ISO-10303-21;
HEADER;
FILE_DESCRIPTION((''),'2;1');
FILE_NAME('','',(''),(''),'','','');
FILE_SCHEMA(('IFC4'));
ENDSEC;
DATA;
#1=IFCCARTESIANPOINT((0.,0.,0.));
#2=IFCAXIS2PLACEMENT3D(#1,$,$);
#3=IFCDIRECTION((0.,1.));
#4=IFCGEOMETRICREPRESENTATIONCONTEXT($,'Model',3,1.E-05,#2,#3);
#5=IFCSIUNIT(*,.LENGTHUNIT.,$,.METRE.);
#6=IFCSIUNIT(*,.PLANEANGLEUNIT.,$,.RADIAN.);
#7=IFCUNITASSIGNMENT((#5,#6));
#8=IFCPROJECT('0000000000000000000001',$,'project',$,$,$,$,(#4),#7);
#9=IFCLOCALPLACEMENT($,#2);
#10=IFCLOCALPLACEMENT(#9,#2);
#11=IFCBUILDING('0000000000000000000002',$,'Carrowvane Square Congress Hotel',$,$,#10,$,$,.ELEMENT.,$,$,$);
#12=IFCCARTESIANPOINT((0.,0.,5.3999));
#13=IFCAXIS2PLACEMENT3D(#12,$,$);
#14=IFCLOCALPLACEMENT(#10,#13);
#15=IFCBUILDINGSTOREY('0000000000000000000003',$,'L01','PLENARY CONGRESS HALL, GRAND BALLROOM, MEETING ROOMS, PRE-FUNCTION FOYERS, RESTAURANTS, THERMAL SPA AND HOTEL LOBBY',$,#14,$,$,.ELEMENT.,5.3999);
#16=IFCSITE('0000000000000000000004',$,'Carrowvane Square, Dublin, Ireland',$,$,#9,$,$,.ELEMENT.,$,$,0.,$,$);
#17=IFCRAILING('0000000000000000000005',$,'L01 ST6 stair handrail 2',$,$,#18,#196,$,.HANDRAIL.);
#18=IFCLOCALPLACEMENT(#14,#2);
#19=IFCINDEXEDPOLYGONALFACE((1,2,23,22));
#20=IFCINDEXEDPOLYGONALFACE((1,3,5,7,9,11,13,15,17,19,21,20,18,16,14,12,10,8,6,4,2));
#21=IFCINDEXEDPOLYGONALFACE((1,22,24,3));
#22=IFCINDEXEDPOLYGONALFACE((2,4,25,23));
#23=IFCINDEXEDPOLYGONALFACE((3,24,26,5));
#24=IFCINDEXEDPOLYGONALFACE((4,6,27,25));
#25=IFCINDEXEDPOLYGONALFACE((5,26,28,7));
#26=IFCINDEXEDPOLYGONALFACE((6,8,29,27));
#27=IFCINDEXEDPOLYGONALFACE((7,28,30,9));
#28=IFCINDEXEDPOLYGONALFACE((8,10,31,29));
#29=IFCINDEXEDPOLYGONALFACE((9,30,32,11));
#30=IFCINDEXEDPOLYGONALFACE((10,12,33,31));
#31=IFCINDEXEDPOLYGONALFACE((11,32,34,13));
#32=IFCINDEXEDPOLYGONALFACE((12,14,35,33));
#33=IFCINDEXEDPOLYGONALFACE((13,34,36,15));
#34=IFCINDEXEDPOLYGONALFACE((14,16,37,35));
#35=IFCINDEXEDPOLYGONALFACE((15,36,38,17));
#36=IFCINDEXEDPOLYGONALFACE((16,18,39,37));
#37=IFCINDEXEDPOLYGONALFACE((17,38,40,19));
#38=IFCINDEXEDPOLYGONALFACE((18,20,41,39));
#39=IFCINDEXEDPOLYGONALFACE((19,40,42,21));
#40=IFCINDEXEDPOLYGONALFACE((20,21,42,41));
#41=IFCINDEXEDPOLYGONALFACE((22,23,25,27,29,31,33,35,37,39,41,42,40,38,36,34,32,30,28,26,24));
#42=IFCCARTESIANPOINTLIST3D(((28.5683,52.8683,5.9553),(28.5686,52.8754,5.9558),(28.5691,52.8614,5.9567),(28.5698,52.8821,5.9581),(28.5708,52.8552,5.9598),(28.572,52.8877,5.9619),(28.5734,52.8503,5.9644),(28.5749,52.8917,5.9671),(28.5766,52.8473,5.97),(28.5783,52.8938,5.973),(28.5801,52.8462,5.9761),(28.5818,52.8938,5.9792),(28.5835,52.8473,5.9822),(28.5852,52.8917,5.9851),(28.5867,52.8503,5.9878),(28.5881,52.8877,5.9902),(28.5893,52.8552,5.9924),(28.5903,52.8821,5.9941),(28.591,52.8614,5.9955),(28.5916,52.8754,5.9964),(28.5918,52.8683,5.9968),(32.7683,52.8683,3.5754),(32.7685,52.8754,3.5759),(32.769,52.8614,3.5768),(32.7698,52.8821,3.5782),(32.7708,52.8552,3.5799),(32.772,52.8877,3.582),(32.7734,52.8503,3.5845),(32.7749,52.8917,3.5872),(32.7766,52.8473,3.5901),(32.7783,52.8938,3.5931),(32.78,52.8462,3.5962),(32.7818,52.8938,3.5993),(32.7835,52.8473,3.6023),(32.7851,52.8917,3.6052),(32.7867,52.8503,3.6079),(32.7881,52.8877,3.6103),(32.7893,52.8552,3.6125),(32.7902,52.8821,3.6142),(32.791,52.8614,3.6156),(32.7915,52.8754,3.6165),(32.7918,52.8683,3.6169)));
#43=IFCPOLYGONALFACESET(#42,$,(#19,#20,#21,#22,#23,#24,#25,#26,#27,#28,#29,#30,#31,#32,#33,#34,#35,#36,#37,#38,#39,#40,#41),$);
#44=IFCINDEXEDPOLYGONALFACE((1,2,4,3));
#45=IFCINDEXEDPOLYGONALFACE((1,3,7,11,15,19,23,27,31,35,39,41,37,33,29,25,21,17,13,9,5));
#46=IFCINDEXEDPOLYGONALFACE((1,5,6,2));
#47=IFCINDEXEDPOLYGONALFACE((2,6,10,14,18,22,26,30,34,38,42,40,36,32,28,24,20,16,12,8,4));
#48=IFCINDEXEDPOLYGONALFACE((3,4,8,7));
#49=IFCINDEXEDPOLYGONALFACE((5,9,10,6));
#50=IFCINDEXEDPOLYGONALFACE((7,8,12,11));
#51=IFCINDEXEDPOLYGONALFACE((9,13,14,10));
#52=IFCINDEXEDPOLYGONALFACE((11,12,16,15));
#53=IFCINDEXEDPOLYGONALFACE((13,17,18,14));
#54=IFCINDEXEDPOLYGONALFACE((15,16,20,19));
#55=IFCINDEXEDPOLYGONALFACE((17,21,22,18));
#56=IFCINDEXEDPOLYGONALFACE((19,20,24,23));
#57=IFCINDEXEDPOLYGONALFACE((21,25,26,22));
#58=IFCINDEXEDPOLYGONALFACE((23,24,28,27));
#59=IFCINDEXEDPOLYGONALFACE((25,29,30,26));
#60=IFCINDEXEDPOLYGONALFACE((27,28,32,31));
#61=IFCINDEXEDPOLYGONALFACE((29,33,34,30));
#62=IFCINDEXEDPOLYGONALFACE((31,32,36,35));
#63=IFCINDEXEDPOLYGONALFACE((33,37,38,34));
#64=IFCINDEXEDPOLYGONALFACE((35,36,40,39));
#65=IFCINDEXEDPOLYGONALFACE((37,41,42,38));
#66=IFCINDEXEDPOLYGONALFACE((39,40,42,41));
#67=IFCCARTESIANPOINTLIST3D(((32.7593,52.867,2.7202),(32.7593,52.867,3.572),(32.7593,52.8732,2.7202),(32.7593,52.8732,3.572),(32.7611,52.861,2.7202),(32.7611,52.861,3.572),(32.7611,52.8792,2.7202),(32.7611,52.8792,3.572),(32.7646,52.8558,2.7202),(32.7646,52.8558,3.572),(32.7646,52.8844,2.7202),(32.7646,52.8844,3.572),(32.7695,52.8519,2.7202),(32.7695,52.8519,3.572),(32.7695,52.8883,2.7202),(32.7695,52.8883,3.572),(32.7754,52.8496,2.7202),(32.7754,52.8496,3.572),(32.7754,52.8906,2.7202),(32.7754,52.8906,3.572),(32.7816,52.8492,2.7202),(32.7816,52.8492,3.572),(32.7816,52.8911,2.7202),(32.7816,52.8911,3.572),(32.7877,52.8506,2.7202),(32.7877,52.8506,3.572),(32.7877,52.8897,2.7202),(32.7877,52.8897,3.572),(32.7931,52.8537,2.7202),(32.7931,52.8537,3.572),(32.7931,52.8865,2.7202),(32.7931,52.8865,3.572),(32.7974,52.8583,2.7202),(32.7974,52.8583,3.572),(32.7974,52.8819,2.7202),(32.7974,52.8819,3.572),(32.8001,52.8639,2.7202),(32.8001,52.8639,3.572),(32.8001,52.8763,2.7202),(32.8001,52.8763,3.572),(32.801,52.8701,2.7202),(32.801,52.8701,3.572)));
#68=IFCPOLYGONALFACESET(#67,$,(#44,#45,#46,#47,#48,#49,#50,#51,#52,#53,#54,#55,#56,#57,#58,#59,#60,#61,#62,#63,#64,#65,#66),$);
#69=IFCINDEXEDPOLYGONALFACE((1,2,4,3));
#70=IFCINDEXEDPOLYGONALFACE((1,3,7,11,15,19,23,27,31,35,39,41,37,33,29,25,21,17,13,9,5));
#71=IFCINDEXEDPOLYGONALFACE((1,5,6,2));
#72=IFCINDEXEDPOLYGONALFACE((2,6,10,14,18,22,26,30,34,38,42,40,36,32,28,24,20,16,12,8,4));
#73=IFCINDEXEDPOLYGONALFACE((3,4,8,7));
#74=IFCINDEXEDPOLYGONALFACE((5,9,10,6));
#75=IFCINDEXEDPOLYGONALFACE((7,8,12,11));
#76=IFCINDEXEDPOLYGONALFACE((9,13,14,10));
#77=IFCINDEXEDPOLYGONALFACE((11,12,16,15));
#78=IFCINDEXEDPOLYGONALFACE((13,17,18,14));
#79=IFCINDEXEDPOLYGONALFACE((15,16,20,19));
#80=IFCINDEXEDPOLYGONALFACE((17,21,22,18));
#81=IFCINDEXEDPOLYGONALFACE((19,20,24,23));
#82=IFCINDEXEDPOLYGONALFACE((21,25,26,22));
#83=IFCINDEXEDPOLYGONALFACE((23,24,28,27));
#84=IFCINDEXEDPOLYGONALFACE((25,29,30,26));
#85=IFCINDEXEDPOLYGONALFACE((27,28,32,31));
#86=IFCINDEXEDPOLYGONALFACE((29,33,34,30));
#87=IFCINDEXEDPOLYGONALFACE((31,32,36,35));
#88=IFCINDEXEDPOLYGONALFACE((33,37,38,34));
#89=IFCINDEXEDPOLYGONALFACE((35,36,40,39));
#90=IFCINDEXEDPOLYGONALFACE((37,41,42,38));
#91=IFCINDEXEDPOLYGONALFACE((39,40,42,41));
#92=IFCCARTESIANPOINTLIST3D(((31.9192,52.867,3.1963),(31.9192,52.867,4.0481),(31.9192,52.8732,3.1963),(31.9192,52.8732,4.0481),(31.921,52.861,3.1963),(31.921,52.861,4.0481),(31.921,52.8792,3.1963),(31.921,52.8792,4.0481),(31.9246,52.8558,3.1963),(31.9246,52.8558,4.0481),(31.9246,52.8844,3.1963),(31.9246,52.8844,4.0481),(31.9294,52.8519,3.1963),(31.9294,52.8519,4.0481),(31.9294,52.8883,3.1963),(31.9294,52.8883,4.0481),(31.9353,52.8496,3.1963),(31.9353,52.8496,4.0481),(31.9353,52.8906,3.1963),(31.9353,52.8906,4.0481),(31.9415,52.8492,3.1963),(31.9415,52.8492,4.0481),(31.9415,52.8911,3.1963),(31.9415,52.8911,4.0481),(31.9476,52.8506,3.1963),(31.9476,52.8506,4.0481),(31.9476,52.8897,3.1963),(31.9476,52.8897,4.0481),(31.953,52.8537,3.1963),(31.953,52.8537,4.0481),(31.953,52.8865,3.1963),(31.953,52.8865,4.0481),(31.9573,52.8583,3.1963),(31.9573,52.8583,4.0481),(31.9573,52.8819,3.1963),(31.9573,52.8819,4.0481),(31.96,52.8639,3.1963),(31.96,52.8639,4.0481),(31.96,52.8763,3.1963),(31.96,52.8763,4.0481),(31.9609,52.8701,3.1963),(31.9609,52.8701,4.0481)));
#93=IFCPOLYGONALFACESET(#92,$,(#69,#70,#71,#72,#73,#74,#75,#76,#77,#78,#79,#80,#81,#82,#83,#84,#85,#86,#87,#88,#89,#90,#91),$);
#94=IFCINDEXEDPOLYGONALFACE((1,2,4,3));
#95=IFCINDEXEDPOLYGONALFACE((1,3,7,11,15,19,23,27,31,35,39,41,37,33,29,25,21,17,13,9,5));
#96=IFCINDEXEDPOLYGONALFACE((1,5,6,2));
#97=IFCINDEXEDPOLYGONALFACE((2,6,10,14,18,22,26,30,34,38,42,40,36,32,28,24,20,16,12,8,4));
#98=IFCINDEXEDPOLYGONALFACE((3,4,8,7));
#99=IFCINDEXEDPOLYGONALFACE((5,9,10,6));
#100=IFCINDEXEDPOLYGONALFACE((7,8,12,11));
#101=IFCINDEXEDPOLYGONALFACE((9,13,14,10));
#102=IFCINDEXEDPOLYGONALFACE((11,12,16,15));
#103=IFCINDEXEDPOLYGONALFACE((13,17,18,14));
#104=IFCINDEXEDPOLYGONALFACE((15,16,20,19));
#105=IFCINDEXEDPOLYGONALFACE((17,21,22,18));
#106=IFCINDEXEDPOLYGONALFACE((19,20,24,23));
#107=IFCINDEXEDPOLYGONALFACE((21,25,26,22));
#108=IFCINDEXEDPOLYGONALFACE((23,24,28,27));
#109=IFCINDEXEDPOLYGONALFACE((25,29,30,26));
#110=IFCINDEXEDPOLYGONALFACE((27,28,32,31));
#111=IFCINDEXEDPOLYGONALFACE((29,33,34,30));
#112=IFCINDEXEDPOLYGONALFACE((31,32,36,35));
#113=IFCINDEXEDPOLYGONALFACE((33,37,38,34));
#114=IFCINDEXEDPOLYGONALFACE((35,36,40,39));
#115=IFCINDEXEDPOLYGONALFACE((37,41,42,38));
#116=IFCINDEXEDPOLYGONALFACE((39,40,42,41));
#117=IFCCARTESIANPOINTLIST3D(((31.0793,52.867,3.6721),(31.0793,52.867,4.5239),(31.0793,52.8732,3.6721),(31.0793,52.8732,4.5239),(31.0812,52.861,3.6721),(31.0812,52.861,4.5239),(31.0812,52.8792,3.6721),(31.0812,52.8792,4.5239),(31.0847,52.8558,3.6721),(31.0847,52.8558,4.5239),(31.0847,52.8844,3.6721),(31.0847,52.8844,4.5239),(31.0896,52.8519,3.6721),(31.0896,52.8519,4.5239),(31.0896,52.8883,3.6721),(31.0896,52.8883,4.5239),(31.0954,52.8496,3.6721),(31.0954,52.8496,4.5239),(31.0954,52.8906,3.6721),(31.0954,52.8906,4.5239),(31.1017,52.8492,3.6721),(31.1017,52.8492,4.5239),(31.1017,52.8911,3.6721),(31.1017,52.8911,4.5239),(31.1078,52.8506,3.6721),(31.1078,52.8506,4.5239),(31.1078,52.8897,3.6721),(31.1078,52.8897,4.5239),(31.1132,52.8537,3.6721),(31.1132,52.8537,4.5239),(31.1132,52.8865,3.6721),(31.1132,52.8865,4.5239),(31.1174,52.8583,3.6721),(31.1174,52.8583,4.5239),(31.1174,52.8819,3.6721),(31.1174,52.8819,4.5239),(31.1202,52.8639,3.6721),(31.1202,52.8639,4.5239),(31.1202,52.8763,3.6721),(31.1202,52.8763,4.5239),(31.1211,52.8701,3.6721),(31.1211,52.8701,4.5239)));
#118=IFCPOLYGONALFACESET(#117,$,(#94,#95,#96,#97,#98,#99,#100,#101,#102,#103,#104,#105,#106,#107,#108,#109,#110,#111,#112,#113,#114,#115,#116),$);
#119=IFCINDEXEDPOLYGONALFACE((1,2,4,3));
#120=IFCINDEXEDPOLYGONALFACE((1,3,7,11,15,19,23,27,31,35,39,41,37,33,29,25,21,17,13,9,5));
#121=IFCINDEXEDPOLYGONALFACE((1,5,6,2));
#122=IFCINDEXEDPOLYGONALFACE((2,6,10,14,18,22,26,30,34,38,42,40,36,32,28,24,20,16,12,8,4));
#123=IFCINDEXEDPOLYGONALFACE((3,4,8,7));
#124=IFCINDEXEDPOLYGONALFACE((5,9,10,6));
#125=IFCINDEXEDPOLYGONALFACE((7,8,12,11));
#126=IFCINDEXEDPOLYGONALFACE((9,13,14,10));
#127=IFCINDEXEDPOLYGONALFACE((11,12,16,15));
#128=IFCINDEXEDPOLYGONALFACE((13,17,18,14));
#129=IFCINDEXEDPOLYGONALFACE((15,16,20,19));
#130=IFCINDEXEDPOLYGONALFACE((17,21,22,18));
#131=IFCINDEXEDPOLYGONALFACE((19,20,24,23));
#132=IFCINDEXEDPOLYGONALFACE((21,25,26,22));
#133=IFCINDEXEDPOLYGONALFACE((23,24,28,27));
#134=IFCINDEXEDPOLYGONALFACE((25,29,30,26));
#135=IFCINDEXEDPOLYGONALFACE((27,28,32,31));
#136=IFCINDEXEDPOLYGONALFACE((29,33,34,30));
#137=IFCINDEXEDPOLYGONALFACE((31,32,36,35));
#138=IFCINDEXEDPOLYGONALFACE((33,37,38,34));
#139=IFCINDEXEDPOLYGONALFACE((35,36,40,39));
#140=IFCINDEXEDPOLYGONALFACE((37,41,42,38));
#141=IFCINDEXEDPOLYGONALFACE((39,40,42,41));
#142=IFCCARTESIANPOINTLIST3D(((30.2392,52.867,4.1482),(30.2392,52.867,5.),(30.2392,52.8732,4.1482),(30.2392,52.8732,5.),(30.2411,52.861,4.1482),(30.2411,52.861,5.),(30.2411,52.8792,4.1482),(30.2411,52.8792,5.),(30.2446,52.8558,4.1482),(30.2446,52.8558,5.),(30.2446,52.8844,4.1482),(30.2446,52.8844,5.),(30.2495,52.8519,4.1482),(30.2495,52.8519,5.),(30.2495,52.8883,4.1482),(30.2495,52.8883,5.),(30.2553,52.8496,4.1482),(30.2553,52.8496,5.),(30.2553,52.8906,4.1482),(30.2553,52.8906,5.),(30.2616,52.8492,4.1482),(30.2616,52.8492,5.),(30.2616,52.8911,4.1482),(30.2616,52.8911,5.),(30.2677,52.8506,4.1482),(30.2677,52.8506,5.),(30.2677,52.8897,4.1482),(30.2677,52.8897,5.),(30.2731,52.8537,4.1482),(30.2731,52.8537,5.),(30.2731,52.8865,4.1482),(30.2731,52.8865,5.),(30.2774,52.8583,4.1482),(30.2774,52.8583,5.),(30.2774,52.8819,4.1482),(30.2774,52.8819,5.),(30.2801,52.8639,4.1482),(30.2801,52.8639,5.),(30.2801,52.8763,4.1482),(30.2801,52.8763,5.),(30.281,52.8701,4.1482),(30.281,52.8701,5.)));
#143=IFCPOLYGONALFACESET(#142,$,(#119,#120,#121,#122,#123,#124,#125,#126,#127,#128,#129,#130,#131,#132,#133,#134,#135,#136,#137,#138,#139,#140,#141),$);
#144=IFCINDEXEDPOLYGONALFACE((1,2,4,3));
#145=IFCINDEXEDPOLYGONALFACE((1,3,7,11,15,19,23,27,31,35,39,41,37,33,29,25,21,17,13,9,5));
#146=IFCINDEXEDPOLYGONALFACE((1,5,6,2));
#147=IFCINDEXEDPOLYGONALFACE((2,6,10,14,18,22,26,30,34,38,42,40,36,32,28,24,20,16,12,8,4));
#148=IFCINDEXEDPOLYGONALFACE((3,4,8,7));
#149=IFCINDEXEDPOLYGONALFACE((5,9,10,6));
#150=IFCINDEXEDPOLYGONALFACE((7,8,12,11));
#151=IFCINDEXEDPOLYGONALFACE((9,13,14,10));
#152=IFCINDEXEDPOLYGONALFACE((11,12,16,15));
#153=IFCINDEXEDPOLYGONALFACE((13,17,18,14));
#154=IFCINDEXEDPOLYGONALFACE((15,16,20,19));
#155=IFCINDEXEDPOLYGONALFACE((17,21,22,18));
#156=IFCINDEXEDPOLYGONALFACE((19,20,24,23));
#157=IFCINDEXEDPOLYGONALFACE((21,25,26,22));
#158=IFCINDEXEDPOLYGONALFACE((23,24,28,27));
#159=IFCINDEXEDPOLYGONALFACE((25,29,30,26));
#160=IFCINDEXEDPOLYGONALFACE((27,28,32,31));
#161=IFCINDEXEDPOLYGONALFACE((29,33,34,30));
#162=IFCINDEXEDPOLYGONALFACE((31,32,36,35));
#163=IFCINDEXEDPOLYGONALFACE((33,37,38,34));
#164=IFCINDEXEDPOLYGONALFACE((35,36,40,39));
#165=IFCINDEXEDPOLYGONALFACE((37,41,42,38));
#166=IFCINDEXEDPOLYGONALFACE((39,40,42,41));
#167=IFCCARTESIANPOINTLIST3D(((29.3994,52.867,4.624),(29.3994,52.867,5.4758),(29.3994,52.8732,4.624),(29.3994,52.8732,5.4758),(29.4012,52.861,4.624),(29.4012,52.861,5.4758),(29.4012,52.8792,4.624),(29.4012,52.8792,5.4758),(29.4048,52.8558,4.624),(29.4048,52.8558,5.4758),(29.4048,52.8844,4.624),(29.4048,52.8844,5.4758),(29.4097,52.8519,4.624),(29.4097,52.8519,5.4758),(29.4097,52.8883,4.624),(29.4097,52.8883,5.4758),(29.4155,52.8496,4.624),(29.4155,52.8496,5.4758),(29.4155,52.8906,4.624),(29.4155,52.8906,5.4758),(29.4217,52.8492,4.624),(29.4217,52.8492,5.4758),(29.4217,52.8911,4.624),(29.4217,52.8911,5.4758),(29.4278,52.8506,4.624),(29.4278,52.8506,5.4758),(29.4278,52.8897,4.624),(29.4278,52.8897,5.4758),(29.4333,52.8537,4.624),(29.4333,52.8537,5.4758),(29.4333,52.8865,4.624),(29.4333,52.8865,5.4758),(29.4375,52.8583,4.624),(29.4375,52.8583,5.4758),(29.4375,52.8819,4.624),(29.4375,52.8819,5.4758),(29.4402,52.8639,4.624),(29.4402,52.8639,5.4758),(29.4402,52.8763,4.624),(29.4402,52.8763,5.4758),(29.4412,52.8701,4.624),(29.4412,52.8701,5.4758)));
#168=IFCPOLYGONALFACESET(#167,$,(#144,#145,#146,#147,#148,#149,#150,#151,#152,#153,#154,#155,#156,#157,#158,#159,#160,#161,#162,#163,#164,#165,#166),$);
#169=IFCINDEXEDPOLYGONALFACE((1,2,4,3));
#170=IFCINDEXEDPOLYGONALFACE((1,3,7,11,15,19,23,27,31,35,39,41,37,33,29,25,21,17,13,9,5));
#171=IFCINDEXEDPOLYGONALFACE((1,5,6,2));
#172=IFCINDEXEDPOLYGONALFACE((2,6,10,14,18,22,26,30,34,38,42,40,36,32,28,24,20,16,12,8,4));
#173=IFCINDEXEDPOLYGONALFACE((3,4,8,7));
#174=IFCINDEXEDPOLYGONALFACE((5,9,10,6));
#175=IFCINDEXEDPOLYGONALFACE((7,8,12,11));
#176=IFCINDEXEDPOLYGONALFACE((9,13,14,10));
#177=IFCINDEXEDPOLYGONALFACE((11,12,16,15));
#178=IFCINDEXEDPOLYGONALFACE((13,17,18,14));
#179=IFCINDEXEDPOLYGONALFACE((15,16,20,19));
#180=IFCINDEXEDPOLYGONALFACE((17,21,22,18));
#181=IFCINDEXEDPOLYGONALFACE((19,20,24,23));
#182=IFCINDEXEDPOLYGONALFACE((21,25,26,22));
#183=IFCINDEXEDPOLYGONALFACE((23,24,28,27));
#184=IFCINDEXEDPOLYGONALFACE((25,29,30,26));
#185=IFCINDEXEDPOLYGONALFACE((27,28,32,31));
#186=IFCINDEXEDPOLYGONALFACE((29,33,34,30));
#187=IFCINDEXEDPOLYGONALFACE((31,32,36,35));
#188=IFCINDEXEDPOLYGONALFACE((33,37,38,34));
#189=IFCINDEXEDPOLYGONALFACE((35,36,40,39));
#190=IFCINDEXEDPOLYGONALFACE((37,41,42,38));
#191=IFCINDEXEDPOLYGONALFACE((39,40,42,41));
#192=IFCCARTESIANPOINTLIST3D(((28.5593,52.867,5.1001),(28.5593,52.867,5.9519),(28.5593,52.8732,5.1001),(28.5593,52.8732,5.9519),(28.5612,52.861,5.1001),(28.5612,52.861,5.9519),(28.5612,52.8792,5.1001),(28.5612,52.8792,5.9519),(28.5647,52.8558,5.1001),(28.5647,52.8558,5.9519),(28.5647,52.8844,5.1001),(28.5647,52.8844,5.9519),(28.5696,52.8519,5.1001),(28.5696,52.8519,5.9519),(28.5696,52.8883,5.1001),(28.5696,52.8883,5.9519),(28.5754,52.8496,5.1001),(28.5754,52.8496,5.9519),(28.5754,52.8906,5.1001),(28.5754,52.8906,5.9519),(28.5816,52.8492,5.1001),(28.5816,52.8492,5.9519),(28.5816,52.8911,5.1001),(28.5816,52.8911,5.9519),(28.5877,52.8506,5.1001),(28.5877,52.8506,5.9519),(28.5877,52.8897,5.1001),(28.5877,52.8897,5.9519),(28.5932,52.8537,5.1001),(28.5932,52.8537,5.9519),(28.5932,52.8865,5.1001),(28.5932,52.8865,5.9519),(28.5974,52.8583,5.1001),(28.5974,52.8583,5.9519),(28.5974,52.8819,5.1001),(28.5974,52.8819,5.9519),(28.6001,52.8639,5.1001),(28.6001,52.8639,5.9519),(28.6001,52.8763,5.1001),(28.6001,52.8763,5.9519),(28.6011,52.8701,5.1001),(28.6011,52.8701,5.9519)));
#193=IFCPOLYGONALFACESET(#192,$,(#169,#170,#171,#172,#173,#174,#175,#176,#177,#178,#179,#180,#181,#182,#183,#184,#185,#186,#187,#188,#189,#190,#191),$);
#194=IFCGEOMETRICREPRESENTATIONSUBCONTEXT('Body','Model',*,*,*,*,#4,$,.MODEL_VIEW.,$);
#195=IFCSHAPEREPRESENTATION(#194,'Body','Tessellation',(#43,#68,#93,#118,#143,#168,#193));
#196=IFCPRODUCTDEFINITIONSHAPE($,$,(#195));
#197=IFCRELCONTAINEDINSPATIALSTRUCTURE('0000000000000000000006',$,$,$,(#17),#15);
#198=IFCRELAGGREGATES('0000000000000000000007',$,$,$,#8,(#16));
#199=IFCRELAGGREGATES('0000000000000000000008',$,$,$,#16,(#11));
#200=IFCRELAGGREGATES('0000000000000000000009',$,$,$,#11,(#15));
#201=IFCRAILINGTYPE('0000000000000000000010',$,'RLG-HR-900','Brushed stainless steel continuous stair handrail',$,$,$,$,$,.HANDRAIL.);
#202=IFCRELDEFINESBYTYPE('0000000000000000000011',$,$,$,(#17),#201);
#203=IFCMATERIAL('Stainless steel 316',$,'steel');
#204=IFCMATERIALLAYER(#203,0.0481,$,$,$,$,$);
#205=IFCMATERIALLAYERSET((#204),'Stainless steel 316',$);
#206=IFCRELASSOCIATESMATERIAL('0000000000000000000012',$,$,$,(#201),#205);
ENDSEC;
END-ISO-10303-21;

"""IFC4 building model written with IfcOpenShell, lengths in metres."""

from ifc_helpers import new_model, si_unit, direction, frame, origin, origin_2d, place, context, subcontext, project, spatial, circle, extrude, material, layer, layer_set, type_object, element, save


model = new_model("IFC4")

# Units and contexts
model_context = context("Model", 3, precision=1e-05, world=origin(), true_north=direction((0.0, 1.0)))
body_context = subcontext(model_context, "Body", "Model", "MODEL_VIEW")
ifc_project = project(units=[si_unit("LENGTHUNIT", "METRE"), si_unit("PLANEANGLEUNIT", "RADIAN")], contexts=[model_context])

# Site, building, storey
site_placement = place(None, origin())
site = spatial("IfcSite", under=ifc_project, at=site_placement, Name="Carrowvane Square, Dublin, Ireland", CompositionType="ELEMENT", RefElevation=0.0)
building_placement = place(site_placement, origin())
building = spatial("IfcBuilding", under=site, at=building_placement, Name="Carrowvane Square Congress Hotel", CompositionType="ELEMENT")
storey_placement = place(building_placement, frame((0.0, 0.0, 5.3999)))
storey = spatial("IfcBuildingStorey", under=building, at=storey_placement, Name="L01", Description="PLENARY CONGRESS HALL, GRAND BALLROOM, MEETING ROOMS, PRE-FUNCTION FOYERS, RESTAURANTS, THERMAL SPA AND HOTEL LOBBY", CompositionType="ELEMENT", Elevation=5.3999)

# Railing
ifc_material_1 = material(Name="Stainless steel 316", Category="steel")
ifc_layer_1 = layer(ifc_material_1, 0.0481)
ifc_layer_set_1 = layer_set([ifc_layer_1], Name="Stainless steel 316")
railing_type_1 = type_object("IfcRailingType", Name="RLG-HR-900", Description="Brushed stainless steel continuous stair handrail", PredefinedType="HANDRAIL", material=ifc_layer_set_1)
railing_1_placement = place(storey_placement, frame((32.78, 52.8701, 2.7202)))
element("IfcRailing", 1, at=railing_1_placement, inside=storey, type_object=railing_type_1, Name="L01 ST6 stair handrail 2", PredefinedType="HANDRAIL", context=body_context, shape_type="SweptSolid", body=[
    extrude(circle(Radius=0.0239, at=origin_2d()), frame((0.0, 0.0, 0.876), z_axis=(-0.87003, 0.0, 0.492999), x_axis=(0.0, -1.0, 0.0)), (0.0, 0.0, 1.0), 4.8274),
    extrude(circle(Radius=0.021, at=origin_2d()), origin(), (0.0, 0.0, 1.0), 0.8518),
    extrude(circle(Radius=0.021, at=origin_2d()), frame((-0.8401, 0.0, 0.4761)), (0.0, 0.0, 1.0), 0.8518),
    extrude(circle(Radius=0.021, at=origin_2d()), frame((-1.6799, 0.0, 0.9519)), (0.0, 0.0, 1.0), 0.8518),
    extrude(circle(Radius=0.021, at=origin_2d()), frame((-2.52, 0.0, 1.428)), (0.0, 0.0, 1.0), 0.8518),
    extrude(circle(Radius=0.021, at=origin_2d()), frame((-3.3599, 0.0, 1.9038)), (0.0, 0.0, 1.0), 0.8518),
    extrude(circle(Radius=0.021, at=origin_2d()), frame((-4.2, 0.0, 2.3799)), (0.0, 0.0, 1.0), 0.8518),
])

save(model, "model.ifc")
